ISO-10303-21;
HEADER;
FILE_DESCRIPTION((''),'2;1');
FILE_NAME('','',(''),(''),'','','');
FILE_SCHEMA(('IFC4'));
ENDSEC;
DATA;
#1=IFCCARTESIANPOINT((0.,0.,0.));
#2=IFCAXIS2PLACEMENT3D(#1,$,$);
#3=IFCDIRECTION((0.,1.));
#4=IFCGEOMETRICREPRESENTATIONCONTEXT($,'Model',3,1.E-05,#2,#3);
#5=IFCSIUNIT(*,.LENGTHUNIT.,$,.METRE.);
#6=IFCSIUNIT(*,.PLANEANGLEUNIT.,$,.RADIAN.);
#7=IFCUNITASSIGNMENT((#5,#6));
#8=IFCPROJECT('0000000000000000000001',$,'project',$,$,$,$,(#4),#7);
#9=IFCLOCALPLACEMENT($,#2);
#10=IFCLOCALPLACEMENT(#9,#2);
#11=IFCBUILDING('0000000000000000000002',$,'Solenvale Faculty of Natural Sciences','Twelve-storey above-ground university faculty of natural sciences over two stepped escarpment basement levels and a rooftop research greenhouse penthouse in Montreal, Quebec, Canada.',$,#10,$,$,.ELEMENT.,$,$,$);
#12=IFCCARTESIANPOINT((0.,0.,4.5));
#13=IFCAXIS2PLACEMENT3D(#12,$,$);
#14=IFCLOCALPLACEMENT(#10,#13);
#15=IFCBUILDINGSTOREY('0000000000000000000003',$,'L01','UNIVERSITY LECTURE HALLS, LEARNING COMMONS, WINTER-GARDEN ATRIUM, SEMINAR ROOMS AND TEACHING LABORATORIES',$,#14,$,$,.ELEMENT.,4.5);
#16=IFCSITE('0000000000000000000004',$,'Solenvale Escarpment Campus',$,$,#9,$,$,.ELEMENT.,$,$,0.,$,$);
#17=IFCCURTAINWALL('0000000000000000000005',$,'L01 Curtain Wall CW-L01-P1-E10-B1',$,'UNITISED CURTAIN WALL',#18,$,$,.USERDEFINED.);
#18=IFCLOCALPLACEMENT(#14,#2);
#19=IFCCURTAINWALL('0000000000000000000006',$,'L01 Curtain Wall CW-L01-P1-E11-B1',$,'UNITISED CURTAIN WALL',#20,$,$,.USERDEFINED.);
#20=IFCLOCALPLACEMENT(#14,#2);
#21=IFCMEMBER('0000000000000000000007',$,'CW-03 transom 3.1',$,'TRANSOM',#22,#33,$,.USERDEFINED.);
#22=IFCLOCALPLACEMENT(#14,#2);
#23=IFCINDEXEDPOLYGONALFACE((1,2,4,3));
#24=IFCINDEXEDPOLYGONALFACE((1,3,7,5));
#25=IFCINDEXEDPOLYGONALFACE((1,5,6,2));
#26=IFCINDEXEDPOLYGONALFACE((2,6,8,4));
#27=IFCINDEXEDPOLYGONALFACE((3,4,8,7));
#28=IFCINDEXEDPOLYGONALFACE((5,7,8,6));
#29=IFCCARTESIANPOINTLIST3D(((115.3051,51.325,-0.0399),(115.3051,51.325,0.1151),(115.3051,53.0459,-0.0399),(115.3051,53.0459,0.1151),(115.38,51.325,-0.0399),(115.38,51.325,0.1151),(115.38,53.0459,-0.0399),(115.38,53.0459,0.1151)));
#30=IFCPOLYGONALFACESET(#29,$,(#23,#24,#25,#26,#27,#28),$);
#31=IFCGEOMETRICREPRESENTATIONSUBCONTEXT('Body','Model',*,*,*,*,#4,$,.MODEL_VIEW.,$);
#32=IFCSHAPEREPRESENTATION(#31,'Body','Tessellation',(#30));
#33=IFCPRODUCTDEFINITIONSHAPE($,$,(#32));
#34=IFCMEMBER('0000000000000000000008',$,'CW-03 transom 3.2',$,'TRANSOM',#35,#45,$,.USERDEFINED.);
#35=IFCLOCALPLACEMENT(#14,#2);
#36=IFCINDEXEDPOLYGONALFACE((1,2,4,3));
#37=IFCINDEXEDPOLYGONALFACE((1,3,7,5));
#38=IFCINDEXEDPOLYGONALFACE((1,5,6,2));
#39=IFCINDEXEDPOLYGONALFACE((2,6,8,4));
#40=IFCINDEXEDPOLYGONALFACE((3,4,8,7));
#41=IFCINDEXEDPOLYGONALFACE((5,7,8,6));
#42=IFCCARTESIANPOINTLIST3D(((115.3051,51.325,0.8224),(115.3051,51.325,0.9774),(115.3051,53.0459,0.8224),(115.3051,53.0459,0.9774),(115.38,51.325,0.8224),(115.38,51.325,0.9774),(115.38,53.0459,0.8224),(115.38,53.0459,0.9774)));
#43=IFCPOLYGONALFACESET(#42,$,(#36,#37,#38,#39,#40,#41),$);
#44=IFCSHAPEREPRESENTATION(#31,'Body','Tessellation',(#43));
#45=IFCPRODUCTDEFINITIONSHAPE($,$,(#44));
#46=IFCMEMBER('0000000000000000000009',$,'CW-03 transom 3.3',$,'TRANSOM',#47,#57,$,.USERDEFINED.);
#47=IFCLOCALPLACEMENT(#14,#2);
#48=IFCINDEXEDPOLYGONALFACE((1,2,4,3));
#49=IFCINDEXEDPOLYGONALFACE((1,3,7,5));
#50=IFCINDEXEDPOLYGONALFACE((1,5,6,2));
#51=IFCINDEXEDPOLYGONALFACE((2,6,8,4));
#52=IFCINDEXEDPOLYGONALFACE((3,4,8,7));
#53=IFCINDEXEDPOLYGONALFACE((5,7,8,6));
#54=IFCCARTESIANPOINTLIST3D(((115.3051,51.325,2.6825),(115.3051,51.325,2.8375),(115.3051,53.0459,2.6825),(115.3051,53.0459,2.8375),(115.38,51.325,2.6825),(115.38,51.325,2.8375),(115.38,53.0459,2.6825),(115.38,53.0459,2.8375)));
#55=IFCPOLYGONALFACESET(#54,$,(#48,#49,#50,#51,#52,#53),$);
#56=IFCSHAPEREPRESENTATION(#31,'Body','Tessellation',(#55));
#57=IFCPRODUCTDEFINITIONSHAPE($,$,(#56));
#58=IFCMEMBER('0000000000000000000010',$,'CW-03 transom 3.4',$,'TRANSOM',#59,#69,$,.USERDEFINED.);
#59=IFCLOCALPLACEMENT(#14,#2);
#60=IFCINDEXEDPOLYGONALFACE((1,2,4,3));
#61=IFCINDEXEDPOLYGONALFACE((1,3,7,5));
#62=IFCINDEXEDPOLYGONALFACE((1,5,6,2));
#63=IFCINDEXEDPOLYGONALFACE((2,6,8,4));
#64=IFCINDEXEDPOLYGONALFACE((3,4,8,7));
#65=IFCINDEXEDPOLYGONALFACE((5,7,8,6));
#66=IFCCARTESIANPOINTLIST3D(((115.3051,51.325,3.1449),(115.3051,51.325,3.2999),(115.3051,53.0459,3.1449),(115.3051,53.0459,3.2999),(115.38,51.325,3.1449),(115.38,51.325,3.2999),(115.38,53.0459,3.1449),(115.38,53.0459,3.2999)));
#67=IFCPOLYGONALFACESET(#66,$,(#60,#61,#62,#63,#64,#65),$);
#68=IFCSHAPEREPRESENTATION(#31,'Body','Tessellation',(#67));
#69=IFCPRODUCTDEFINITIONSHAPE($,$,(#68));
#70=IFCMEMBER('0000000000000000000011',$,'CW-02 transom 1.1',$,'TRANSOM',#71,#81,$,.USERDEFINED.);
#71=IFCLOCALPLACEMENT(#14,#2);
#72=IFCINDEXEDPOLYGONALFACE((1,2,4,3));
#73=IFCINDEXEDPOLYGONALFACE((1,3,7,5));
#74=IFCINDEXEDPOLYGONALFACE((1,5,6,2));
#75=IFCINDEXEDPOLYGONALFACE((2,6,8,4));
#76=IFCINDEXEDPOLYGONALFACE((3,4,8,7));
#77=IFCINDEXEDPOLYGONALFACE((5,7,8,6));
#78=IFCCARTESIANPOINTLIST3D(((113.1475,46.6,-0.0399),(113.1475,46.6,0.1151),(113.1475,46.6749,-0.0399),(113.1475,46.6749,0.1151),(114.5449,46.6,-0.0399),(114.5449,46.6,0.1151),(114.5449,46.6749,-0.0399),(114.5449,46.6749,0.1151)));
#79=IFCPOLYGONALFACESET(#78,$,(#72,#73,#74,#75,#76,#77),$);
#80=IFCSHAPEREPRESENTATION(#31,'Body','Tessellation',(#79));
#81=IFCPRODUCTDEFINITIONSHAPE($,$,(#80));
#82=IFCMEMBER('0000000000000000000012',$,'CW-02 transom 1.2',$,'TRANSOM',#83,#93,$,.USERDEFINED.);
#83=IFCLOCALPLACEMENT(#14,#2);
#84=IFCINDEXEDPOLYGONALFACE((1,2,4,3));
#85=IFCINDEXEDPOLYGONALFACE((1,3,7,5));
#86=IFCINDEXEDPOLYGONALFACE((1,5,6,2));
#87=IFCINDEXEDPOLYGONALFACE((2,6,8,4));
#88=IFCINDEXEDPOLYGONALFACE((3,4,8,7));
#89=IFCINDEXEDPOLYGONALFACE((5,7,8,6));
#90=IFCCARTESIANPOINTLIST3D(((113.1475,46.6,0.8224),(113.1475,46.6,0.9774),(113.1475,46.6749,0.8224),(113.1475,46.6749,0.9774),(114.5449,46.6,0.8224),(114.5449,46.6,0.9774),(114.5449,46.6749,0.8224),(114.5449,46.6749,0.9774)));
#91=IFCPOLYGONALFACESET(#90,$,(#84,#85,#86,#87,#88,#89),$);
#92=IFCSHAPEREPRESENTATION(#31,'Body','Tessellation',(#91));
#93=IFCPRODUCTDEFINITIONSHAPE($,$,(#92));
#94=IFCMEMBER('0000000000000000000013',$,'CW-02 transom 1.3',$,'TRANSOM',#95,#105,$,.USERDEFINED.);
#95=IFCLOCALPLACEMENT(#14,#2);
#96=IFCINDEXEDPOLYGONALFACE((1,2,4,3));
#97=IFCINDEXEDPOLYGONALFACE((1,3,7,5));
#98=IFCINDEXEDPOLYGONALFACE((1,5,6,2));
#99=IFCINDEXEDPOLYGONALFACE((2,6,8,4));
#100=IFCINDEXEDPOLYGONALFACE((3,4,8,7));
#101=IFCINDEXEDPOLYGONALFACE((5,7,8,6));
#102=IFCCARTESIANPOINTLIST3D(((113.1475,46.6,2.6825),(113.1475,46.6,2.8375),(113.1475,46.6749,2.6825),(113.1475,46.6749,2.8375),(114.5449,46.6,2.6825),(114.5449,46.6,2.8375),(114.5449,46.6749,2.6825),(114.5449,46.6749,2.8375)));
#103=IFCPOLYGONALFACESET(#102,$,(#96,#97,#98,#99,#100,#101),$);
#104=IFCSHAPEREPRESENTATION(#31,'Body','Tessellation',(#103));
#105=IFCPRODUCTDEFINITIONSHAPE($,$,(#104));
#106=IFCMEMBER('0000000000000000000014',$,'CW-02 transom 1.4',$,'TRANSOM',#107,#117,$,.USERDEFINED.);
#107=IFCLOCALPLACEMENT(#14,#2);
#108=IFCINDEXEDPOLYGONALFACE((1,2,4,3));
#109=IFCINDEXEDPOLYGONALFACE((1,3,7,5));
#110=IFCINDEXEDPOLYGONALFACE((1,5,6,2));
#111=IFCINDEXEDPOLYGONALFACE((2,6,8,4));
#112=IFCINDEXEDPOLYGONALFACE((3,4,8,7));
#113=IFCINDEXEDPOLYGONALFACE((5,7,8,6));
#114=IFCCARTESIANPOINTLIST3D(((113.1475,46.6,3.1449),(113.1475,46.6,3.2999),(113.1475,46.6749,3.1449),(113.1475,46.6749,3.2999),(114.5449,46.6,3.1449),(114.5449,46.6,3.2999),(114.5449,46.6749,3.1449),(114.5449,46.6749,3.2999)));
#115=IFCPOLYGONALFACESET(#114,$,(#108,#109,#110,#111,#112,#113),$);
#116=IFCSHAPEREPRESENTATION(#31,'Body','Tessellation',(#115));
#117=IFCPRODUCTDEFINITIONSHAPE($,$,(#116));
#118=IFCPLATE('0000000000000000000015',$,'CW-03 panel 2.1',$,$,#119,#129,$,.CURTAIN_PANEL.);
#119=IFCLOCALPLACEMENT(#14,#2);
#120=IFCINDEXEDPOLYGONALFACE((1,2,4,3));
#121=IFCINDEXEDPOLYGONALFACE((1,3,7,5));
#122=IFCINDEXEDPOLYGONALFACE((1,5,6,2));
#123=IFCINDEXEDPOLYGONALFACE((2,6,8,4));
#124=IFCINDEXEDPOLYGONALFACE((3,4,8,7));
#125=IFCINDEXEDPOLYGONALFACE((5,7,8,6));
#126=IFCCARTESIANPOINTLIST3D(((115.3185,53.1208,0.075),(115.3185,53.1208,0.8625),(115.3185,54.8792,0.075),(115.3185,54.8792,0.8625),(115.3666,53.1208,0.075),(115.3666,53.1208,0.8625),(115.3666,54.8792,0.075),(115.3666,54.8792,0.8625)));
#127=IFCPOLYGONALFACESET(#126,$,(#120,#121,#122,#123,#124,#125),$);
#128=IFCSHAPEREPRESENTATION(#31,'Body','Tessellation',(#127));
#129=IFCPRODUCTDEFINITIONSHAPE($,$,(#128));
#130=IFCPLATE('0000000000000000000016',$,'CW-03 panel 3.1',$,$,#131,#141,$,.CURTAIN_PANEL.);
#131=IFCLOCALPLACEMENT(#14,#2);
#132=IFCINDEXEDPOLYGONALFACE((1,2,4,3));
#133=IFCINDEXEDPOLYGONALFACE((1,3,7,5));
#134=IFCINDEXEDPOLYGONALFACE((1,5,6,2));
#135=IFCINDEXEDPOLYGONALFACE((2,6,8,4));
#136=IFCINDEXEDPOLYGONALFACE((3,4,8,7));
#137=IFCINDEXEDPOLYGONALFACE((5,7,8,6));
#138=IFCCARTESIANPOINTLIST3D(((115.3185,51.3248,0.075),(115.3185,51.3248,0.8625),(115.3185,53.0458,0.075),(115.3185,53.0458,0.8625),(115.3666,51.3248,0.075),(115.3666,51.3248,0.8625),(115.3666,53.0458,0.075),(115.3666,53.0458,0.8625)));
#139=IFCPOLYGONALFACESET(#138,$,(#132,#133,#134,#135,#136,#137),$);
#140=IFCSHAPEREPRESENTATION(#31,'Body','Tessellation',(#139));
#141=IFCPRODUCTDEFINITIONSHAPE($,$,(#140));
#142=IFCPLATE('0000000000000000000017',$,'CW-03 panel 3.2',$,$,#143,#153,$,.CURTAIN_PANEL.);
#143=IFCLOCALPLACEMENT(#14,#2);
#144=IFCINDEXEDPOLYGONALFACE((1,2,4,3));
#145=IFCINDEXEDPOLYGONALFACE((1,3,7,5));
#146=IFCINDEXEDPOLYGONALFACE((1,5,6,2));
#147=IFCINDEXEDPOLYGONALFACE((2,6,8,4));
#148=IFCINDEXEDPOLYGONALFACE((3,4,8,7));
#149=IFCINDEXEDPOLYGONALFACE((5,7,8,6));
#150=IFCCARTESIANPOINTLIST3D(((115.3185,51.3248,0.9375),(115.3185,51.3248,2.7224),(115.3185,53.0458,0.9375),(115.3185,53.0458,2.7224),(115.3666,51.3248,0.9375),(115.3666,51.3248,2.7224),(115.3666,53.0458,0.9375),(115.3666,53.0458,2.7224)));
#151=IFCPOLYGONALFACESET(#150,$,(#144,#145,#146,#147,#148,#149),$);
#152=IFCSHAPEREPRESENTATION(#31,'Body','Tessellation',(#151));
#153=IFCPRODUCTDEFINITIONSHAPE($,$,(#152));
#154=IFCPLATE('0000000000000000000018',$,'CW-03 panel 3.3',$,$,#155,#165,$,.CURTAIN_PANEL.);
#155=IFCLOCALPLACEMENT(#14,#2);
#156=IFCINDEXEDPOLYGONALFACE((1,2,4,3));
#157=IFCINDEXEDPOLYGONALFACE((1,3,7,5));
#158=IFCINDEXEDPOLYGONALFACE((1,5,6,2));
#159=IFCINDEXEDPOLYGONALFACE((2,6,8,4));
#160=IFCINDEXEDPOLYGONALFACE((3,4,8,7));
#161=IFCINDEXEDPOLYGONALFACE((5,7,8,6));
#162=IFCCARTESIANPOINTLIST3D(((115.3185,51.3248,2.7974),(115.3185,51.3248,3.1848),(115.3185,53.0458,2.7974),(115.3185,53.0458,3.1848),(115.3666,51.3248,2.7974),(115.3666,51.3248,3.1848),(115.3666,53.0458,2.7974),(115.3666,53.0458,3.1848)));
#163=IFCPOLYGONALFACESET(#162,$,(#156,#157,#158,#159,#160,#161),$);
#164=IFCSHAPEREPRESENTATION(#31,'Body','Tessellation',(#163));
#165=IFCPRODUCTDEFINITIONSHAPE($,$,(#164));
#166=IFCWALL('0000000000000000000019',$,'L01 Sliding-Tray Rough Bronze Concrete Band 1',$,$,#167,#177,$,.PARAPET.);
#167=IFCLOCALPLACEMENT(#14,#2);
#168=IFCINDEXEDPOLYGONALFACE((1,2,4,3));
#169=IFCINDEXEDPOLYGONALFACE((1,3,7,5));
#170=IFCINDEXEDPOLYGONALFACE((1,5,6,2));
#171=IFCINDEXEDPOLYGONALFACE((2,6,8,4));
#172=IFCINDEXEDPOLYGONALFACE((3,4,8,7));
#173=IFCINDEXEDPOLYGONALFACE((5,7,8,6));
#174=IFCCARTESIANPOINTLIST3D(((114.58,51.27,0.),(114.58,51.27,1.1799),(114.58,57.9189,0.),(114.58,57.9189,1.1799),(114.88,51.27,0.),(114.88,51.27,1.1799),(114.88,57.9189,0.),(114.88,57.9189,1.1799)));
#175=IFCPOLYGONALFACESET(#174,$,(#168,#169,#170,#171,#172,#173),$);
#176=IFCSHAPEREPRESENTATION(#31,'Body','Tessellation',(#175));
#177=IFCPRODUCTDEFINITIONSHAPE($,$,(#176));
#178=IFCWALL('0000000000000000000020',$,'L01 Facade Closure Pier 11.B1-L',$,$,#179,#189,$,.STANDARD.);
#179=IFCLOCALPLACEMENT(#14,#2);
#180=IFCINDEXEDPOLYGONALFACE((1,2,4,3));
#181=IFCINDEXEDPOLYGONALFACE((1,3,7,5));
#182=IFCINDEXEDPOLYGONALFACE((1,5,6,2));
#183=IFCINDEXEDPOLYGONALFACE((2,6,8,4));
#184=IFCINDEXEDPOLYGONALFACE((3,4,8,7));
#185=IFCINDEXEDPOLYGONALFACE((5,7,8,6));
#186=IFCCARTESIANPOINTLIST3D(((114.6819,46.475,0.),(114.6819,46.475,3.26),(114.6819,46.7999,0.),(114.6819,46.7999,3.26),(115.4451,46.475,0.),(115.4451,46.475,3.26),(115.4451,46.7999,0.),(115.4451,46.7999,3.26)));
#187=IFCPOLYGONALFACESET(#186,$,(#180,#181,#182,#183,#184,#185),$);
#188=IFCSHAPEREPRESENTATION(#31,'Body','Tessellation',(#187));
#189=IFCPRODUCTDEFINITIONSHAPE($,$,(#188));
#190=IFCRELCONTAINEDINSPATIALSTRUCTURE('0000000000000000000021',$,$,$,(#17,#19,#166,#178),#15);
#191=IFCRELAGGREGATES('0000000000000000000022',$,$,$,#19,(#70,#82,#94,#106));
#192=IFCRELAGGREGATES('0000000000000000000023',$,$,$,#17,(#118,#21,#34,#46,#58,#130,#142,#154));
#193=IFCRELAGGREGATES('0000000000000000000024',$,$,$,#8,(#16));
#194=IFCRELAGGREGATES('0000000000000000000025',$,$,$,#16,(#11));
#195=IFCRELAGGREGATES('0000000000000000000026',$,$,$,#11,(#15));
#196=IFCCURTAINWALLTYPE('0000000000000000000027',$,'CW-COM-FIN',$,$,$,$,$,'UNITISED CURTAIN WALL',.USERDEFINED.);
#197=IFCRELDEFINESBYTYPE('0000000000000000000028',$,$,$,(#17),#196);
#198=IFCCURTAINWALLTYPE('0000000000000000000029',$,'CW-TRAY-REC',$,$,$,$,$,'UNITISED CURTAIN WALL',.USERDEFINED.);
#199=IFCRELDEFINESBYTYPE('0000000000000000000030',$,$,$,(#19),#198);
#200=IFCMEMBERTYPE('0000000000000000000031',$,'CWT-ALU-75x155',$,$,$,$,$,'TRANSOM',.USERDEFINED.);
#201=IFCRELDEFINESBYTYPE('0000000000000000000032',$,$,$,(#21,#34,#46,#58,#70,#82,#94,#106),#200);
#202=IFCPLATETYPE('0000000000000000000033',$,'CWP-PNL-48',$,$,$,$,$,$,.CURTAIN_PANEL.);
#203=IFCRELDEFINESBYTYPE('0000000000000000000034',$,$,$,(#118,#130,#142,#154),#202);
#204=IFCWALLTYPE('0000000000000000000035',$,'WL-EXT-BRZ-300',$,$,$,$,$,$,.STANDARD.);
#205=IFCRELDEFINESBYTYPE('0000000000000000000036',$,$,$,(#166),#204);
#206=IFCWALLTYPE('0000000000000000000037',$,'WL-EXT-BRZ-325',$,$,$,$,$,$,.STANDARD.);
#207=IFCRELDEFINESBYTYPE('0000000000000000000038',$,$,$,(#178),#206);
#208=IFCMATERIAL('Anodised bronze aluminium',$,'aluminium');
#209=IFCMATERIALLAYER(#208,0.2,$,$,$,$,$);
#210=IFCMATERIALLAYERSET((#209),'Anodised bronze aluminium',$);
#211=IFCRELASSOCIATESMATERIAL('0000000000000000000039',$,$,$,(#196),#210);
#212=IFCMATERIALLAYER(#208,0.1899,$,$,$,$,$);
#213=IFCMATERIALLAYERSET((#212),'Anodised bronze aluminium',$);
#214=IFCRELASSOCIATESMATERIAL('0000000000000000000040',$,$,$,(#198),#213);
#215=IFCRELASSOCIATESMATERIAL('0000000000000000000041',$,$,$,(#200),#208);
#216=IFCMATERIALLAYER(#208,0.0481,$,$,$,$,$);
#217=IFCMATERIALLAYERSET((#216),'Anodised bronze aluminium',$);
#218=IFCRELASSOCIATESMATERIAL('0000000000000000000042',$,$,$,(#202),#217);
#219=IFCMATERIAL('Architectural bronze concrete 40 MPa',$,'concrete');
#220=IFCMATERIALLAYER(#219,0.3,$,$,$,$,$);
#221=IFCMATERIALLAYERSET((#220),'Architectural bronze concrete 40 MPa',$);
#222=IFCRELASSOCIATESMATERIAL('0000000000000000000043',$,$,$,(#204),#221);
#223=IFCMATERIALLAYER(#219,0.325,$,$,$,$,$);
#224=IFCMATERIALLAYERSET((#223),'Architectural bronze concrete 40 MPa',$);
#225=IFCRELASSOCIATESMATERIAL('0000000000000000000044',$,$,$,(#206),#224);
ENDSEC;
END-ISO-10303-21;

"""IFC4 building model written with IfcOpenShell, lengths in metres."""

from ifc_helpers import new_model, si_unit, direction, frame, frame_2d, origin, origin_2d, place, context, subcontext, project, spatial, rectangle, extrude, material, layer, layer_set, material_profile, profile_set, type_object, element, aggregate, save


model = new_model("IFC4")

# Units and contexts
model_context = context("Model", 3, precision=1e-05, world=origin(), true_north=direction((0.0, 1.0)))
body_context = subcontext(model_context, "Body", "Model", "MODEL_VIEW")
ifc_project = project(units=[si_unit("LENGTHUNIT", "METRE"), si_unit("PLANEANGLEUNIT", "RADIAN")], contexts=[model_context])

# Site, building, storey
site_placement = place(None, origin())
site = spatial("IfcSite", under=ifc_project, at=site_placement, Name="Solenvale Escarpment Campus", CompositionType="ELEMENT", RefElevation=0.0)
building_placement = place(site_placement, origin())
building = spatial("IfcBuilding", under=site, at=building_placement, Name="Solenvale Faculty of Natural Sciences", Description="Twelve-storey above-ground university faculty of natural sciences over two stepped escarpment basement levels and a rooftop research greenhouse penthouse in Montreal, Quebec, Canada.", CompositionType="ELEMENT")
storey_placement = place(building_placement, frame((0.0, 0.0, 4.5)))
storey = spatial("IfcBuildingStorey", under=building, at=storey_placement, Name="L01", Description="UNIVERSITY LECTURE HALLS, LEARNING COMMONS, WINTER-GARDEN ATRIUM, SEMINAR ROOMS AND TEACHING LABORATORIES", CompositionType="ELEMENT", Elevation=4.5)

# Curtain wall
ifc_material_1 = material(Name="Anodised bronze aluminium", Category="aluminium")
ifc_layer_1 = layer(ifc_material_1, 0.2)
ifc_layer_set_1 = layer_set([ifc_layer_1], Name="Anodised bronze aluminium")
curtain_wall_type_1 = type_object("IfcCurtainWallType", Name="CW-COM-FIN", ElementType="UNITISED CURTAIN WALL", PredefinedType="USERDEFINED", material=ifc_layer_set_1)
curtain_wall_1_placement = place(storey_placement, origin())
curtain_wall_1 = element("IfcCurtainWall", 1, at=curtain_wall_1_placement, inside=storey, type_object=curtain_wall_type_1, Name="L01 Curtain Wall CW-L01-P1-E10-B1", ObjectType="UNITISED CURTAIN WALL", PredefinedType="USERDEFINED")

# Curtain wall
ifc_layer_2 = layer(ifc_material_1, 0.1899)
ifc_layer_set_2 = layer_set([ifc_layer_2], Name="Anodised bronze aluminium")
curtain_wall_type_2 = type_object("IfcCurtainWallType", Name="CW-TRAY-REC", ElementType="UNITISED CURTAIN WALL", PredefinedType="USERDEFINED", material=ifc_layer_set_2)
curtain_wall_2_placement = place(storey_placement, origin())
curtain_wall_2 = element("IfcCurtainWall", 2, at=curtain_wall_2_placement, inside=storey, type_object=curtain_wall_type_2, Name="L01 Curtain Wall CW-L01-P1-E11-B1", ObjectType="UNITISED CURTAIN WALL", PredefinedType="USERDEFINED")

# Members
ifc_material_profile_1 = material_profile(ifc_material_1, rectangle(XDim=0.075, YDim=0.155, at=origin_2d()), Name="ALU-TRN-75x155")
ifc_profile_set_1 = profile_set([ifc_material_profile_1], Name="Anodised bronze aluminium")
member_type_1 = type_object("IfcMemberType", Name="CWT-ALU-75x155", ElementType="TRANSOM", PredefinedType="USERDEFINED", material=ifc_profile_set_1)
member_1_placement = place(storey_placement, frame((115.3425, 53.0459, 0.0376), z_axis=(0.0, -1.0, 0.0), x_axis=(1.0, 0.0, 0.0)))
member_1 = element("IfcMember", 3, at=member_1_placement, type_object=member_type_1, Name="CW-03 transom 3.1", ObjectType="TRANSOM", PredefinedType="USERDEFINED", context=body_context, shape_type="SweptSolid", body=[
    extrude(rectangle(XDim=0.075, YDim=0.155, at=origin_2d()), origin(), (0.0, 0.0, 1.0), 1.7209),
])
member_2_placement = place(storey_placement, frame((115.3425, 53.0459, 0.8999), z_axis=(0.0, -1.0, 0.0), x_axis=(1.0, 0.0, 0.0)))
member_2 = element("IfcMember", 4, at=member_2_placement, type_object=member_type_1, Name="CW-03 transom 3.2", ObjectType="TRANSOM", PredefinedType="USERDEFINED", context=body_context, shape_type="SweptSolid", body=[
    extrude(rectangle(XDim=0.075, YDim=0.155, at=origin_2d()), origin(), (0.0, 0.0, 1.0), 1.7209),
])
member_3_placement = place(storey_placement, frame((115.3425, 53.0459, 2.76), z_axis=(0.0, -1.0, 0.0), x_axis=(1.0, 0.0, 0.0)))
member_3 = element("IfcMember", 5, at=member_3_placement, type_object=member_type_1, Name="CW-03 transom 3.3", ObjectType="TRANSOM", PredefinedType="USERDEFINED", context=body_context, shape_type="SweptSolid", body=[
    extrude(rectangle(XDim=0.075, YDim=0.155, at=origin_2d()), origin(), (0.0, 0.0, 1.0), 1.7209),
])
member_4_placement = place(storey_placement, frame((115.3425, 53.0459, 3.2224), z_axis=(0.0, -1.0, 0.0), x_axis=(1.0, 0.0, 0.0)))
member_4 = element("IfcMember", 6, at=member_4_placement, type_object=member_type_1, Name="CW-03 transom 3.4", ObjectType="TRANSOM", PredefinedType="USERDEFINED", context=body_context, shape_type="SweptSolid", body=[
    extrude(rectangle(XDim=0.075, YDim=0.155, at=origin_2d()), origin(), (0.0, 0.0, 1.0), 1.7209),
])
member_5_placement = place(storey_placement, frame((114.5449, 46.6375, 0.0376), z_axis=(-1.0, 0.0, 0.0), x_axis=(0.0, -1.0, 0.0)))
member_5 = element("IfcMember", 7, at=member_5_placement, type_object=member_type_1, Name="CW-02 transom 1.1", ObjectType="TRANSOM", PredefinedType="USERDEFINED", context=body_context, shape_type="SweptSolid", body=[
    extrude(rectangle(XDim=0.075, YDim=0.155, at=origin_2d()), origin(), (0.0, 0.0, 1.0), 1.3975),
])
member_6_placement = place(storey_placement, frame((114.5449, 46.6375, 0.8999), z_axis=(-1.0, 0.0, 0.0), x_axis=(0.0, -1.0, 0.0)))
member_6 = element("IfcMember", 8, at=member_6_placement, type_object=member_type_1, Name="CW-02 transom 1.2", ObjectType="TRANSOM", PredefinedType="USERDEFINED", context=body_context, shape_type="SweptSolid", body=[
    extrude(rectangle(XDim=0.075, YDim=0.155, at=origin_2d()), origin(), (0.0, 0.0, 1.0), 1.3975),
])
member_7_placement = place(storey_placement, frame((114.5449, 46.6375, 2.76), z_axis=(-1.0, 0.0, 0.0), x_axis=(0.0, -1.0, 0.0)))
member_7 = element("IfcMember", 9, at=member_7_placement, type_object=member_type_1, Name="CW-02 transom 1.3", ObjectType="TRANSOM", PredefinedType="USERDEFINED", context=body_context, shape_type="SweptSolid", body=[
    extrude(rectangle(XDim=0.075, YDim=0.155, at=origin_2d()), origin(), (0.0, 0.0, 1.0), 1.3975),
])
member_8_placement = place(storey_placement, frame((114.5449, 46.6375, 3.2224), z_axis=(-1.0, 0.0, 0.0), x_axis=(0.0, -1.0, 0.0)))
member_8 = element("IfcMember", 10, at=member_8_placement, type_object=member_type_1, Name="CW-02 transom 1.4", ObjectType="TRANSOM", PredefinedType="USERDEFINED", context=body_context, shape_type="SweptSolid", body=[
    extrude(rectangle(XDim=0.075, YDim=0.155, at=origin_2d()), origin(), (0.0, 0.0, 1.0), 1.3975),
])
aggregate(curtain_wall_2, [member_5, member_6, member_7, member_8])

# Plates
ifc_layer_3 = layer(ifc_material_1, 0.0481)
ifc_layer_set_3 = layer_set([ifc_layer_3], Name="Anodised bronze aluminium")
plate_type = type_object("IfcPlateType", Name="CWP-PNL-48", PredefinedType="CURTAIN_PANEL", material=ifc_layer_set_3)
plate_1_placement = place(storey_placement, frame((115.3425, 54.0, 0.075), z_axis=(0.0, 0.0, 1.0), x_axis=(0.0, -1.0, 0.0)))
plate_1 = element("IfcPlate", 11, at=plate_1_placement, type_object=plate_type, Name="CW-03 panel 2.1", PredefinedType="CURTAIN_PANEL", context=body_context, shape_type="SweptSolid", body=[
    extrude(rectangle(XDim=1.7583, YDim=0.0481, at=origin_2d()), origin(), (0.0, 0.0, 1.0), 0.7876),
])
plate_2_placement = place(storey_placement, frame((115.3425, 52.1853, 0.075), z_axis=(0.0, 0.0, 1.0), x_axis=(0.0, -1.0, 0.0)))
plate_2 = element("IfcPlate", 12, at=plate_2_placement, type_object=plate_type, Name="CW-03 panel 3.1", PredefinedType="CURTAIN_PANEL", context=body_context, shape_type="SweptSolid", body=[
    extrude(rectangle(XDim=1.7209, YDim=0.0481, at=origin_2d()), origin(), (0.0, 0.0, 1.0), 0.7876),
])
plate_3_placement = place(storey_placement, frame((115.3425, 52.1853, 0.9375), z_axis=(0.0, 0.0, 1.0), x_axis=(0.0, -1.0, 0.0)))
plate_3 = element("IfcPlate", 13, at=plate_3_placement, type_object=plate_type, Name="CW-03 panel 3.2", PredefinedType="CURTAIN_PANEL", context=body_context, shape_type="SweptSolid", body=[
    extrude(rectangle(XDim=1.7209, YDim=0.0481, at=origin_2d()), origin(), (0.0, 0.0, 1.0), 1.7849),
])
plate_4_placement = place(storey_placement, frame((115.3425, 52.1853, 2.7974), z_axis=(0.0, 0.0, 1.0), x_axis=(0.0, -1.0, 0.0)))
plate_4 = element("IfcPlate", 14, at=plate_4_placement, type_object=plate_type, Name="CW-03 panel 3.3", PredefinedType="CURTAIN_PANEL", context=body_context, shape_type="SweptSolid", body=[
    extrude(rectangle(XDim=1.7209, YDim=0.0481, at=origin_2d()), origin(), (0.0, 0.0, 1.0), 0.3875),
])
aggregate(curtain_wall_1, [plate_1, member_1, member_2, member_3, member_4, plate_2, plate_3, plate_4])

# Walls
ifc_material_2 = material(Name="Architectural bronze concrete 40 MPa", Category="concrete")
ifc_layer_4 = layer(ifc_material_2, 0.3)
ifc_layer_set_4 = layer_set([ifc_layer_4], Name="Architectural bronze concrete 40 MPa")
wall_type_1 = type_object("IfcWallType", Name="WL-EXT-BRZ-300", PredefinedType="STANDARD", material=ifc_layer_set_4)
wall_1_placement = place(storey_placement, frame((114.73, 51.27, 0.0), z_axis=(0.0, 0.0, 1.0), x_axis=(0.0, 1.0, 0.0)))
element("IfcWall", 15, at=wall_1_placement, inside=storey, type_object=wall_type_1, Name="L01 Sliding-Tray Rough Bronze Concrete Band 1", PredefinedType="PARAPET", context=body_context, shape_type="SweptSolid", body=[
    extrude(rectangle(XDim=6.6489, YDim=0.3, at=frame_2d((3.3245, 0.0))), origin(), (0.0, 0.0, 1.0), 1.1799),
])
ifc_layer_5 = layer(ifc_material_2, 0.325)
ifc_layer_set_5 = layer_set([ifc_layer_5], Name="Architectural bronze concrete 40 MPa")
wall_type_2 = type_object("IfcWallType", Name="WL-EXT-BRZ-325", PredefinedType="STANDARD", material=ifc_layer_set_5)
wall_2_placement = place(storey_placement, frame((115.4451, 46.6375, 0.0), z_axis=(0.0, 0.0, 1.0), x_axis=(-1.0, 0.0, 0.0)))
element("IfcWall", 16, at=wall_2_placement, inside=storey, type_object=wall_type_2, Name="L01 Facade Closure Pier 11.B1-L", PredefinedType="STANDARD", context=body_context, shape_type="SweptSolid", body=[
    extrude(rectangle(XDim=0.7632, YDim=0.325, at=frame_2d((0.3816, 0.0))), origin(), (0.0, 0.0, 1.0), 3.26),
])

save(model, "model.ifc")
